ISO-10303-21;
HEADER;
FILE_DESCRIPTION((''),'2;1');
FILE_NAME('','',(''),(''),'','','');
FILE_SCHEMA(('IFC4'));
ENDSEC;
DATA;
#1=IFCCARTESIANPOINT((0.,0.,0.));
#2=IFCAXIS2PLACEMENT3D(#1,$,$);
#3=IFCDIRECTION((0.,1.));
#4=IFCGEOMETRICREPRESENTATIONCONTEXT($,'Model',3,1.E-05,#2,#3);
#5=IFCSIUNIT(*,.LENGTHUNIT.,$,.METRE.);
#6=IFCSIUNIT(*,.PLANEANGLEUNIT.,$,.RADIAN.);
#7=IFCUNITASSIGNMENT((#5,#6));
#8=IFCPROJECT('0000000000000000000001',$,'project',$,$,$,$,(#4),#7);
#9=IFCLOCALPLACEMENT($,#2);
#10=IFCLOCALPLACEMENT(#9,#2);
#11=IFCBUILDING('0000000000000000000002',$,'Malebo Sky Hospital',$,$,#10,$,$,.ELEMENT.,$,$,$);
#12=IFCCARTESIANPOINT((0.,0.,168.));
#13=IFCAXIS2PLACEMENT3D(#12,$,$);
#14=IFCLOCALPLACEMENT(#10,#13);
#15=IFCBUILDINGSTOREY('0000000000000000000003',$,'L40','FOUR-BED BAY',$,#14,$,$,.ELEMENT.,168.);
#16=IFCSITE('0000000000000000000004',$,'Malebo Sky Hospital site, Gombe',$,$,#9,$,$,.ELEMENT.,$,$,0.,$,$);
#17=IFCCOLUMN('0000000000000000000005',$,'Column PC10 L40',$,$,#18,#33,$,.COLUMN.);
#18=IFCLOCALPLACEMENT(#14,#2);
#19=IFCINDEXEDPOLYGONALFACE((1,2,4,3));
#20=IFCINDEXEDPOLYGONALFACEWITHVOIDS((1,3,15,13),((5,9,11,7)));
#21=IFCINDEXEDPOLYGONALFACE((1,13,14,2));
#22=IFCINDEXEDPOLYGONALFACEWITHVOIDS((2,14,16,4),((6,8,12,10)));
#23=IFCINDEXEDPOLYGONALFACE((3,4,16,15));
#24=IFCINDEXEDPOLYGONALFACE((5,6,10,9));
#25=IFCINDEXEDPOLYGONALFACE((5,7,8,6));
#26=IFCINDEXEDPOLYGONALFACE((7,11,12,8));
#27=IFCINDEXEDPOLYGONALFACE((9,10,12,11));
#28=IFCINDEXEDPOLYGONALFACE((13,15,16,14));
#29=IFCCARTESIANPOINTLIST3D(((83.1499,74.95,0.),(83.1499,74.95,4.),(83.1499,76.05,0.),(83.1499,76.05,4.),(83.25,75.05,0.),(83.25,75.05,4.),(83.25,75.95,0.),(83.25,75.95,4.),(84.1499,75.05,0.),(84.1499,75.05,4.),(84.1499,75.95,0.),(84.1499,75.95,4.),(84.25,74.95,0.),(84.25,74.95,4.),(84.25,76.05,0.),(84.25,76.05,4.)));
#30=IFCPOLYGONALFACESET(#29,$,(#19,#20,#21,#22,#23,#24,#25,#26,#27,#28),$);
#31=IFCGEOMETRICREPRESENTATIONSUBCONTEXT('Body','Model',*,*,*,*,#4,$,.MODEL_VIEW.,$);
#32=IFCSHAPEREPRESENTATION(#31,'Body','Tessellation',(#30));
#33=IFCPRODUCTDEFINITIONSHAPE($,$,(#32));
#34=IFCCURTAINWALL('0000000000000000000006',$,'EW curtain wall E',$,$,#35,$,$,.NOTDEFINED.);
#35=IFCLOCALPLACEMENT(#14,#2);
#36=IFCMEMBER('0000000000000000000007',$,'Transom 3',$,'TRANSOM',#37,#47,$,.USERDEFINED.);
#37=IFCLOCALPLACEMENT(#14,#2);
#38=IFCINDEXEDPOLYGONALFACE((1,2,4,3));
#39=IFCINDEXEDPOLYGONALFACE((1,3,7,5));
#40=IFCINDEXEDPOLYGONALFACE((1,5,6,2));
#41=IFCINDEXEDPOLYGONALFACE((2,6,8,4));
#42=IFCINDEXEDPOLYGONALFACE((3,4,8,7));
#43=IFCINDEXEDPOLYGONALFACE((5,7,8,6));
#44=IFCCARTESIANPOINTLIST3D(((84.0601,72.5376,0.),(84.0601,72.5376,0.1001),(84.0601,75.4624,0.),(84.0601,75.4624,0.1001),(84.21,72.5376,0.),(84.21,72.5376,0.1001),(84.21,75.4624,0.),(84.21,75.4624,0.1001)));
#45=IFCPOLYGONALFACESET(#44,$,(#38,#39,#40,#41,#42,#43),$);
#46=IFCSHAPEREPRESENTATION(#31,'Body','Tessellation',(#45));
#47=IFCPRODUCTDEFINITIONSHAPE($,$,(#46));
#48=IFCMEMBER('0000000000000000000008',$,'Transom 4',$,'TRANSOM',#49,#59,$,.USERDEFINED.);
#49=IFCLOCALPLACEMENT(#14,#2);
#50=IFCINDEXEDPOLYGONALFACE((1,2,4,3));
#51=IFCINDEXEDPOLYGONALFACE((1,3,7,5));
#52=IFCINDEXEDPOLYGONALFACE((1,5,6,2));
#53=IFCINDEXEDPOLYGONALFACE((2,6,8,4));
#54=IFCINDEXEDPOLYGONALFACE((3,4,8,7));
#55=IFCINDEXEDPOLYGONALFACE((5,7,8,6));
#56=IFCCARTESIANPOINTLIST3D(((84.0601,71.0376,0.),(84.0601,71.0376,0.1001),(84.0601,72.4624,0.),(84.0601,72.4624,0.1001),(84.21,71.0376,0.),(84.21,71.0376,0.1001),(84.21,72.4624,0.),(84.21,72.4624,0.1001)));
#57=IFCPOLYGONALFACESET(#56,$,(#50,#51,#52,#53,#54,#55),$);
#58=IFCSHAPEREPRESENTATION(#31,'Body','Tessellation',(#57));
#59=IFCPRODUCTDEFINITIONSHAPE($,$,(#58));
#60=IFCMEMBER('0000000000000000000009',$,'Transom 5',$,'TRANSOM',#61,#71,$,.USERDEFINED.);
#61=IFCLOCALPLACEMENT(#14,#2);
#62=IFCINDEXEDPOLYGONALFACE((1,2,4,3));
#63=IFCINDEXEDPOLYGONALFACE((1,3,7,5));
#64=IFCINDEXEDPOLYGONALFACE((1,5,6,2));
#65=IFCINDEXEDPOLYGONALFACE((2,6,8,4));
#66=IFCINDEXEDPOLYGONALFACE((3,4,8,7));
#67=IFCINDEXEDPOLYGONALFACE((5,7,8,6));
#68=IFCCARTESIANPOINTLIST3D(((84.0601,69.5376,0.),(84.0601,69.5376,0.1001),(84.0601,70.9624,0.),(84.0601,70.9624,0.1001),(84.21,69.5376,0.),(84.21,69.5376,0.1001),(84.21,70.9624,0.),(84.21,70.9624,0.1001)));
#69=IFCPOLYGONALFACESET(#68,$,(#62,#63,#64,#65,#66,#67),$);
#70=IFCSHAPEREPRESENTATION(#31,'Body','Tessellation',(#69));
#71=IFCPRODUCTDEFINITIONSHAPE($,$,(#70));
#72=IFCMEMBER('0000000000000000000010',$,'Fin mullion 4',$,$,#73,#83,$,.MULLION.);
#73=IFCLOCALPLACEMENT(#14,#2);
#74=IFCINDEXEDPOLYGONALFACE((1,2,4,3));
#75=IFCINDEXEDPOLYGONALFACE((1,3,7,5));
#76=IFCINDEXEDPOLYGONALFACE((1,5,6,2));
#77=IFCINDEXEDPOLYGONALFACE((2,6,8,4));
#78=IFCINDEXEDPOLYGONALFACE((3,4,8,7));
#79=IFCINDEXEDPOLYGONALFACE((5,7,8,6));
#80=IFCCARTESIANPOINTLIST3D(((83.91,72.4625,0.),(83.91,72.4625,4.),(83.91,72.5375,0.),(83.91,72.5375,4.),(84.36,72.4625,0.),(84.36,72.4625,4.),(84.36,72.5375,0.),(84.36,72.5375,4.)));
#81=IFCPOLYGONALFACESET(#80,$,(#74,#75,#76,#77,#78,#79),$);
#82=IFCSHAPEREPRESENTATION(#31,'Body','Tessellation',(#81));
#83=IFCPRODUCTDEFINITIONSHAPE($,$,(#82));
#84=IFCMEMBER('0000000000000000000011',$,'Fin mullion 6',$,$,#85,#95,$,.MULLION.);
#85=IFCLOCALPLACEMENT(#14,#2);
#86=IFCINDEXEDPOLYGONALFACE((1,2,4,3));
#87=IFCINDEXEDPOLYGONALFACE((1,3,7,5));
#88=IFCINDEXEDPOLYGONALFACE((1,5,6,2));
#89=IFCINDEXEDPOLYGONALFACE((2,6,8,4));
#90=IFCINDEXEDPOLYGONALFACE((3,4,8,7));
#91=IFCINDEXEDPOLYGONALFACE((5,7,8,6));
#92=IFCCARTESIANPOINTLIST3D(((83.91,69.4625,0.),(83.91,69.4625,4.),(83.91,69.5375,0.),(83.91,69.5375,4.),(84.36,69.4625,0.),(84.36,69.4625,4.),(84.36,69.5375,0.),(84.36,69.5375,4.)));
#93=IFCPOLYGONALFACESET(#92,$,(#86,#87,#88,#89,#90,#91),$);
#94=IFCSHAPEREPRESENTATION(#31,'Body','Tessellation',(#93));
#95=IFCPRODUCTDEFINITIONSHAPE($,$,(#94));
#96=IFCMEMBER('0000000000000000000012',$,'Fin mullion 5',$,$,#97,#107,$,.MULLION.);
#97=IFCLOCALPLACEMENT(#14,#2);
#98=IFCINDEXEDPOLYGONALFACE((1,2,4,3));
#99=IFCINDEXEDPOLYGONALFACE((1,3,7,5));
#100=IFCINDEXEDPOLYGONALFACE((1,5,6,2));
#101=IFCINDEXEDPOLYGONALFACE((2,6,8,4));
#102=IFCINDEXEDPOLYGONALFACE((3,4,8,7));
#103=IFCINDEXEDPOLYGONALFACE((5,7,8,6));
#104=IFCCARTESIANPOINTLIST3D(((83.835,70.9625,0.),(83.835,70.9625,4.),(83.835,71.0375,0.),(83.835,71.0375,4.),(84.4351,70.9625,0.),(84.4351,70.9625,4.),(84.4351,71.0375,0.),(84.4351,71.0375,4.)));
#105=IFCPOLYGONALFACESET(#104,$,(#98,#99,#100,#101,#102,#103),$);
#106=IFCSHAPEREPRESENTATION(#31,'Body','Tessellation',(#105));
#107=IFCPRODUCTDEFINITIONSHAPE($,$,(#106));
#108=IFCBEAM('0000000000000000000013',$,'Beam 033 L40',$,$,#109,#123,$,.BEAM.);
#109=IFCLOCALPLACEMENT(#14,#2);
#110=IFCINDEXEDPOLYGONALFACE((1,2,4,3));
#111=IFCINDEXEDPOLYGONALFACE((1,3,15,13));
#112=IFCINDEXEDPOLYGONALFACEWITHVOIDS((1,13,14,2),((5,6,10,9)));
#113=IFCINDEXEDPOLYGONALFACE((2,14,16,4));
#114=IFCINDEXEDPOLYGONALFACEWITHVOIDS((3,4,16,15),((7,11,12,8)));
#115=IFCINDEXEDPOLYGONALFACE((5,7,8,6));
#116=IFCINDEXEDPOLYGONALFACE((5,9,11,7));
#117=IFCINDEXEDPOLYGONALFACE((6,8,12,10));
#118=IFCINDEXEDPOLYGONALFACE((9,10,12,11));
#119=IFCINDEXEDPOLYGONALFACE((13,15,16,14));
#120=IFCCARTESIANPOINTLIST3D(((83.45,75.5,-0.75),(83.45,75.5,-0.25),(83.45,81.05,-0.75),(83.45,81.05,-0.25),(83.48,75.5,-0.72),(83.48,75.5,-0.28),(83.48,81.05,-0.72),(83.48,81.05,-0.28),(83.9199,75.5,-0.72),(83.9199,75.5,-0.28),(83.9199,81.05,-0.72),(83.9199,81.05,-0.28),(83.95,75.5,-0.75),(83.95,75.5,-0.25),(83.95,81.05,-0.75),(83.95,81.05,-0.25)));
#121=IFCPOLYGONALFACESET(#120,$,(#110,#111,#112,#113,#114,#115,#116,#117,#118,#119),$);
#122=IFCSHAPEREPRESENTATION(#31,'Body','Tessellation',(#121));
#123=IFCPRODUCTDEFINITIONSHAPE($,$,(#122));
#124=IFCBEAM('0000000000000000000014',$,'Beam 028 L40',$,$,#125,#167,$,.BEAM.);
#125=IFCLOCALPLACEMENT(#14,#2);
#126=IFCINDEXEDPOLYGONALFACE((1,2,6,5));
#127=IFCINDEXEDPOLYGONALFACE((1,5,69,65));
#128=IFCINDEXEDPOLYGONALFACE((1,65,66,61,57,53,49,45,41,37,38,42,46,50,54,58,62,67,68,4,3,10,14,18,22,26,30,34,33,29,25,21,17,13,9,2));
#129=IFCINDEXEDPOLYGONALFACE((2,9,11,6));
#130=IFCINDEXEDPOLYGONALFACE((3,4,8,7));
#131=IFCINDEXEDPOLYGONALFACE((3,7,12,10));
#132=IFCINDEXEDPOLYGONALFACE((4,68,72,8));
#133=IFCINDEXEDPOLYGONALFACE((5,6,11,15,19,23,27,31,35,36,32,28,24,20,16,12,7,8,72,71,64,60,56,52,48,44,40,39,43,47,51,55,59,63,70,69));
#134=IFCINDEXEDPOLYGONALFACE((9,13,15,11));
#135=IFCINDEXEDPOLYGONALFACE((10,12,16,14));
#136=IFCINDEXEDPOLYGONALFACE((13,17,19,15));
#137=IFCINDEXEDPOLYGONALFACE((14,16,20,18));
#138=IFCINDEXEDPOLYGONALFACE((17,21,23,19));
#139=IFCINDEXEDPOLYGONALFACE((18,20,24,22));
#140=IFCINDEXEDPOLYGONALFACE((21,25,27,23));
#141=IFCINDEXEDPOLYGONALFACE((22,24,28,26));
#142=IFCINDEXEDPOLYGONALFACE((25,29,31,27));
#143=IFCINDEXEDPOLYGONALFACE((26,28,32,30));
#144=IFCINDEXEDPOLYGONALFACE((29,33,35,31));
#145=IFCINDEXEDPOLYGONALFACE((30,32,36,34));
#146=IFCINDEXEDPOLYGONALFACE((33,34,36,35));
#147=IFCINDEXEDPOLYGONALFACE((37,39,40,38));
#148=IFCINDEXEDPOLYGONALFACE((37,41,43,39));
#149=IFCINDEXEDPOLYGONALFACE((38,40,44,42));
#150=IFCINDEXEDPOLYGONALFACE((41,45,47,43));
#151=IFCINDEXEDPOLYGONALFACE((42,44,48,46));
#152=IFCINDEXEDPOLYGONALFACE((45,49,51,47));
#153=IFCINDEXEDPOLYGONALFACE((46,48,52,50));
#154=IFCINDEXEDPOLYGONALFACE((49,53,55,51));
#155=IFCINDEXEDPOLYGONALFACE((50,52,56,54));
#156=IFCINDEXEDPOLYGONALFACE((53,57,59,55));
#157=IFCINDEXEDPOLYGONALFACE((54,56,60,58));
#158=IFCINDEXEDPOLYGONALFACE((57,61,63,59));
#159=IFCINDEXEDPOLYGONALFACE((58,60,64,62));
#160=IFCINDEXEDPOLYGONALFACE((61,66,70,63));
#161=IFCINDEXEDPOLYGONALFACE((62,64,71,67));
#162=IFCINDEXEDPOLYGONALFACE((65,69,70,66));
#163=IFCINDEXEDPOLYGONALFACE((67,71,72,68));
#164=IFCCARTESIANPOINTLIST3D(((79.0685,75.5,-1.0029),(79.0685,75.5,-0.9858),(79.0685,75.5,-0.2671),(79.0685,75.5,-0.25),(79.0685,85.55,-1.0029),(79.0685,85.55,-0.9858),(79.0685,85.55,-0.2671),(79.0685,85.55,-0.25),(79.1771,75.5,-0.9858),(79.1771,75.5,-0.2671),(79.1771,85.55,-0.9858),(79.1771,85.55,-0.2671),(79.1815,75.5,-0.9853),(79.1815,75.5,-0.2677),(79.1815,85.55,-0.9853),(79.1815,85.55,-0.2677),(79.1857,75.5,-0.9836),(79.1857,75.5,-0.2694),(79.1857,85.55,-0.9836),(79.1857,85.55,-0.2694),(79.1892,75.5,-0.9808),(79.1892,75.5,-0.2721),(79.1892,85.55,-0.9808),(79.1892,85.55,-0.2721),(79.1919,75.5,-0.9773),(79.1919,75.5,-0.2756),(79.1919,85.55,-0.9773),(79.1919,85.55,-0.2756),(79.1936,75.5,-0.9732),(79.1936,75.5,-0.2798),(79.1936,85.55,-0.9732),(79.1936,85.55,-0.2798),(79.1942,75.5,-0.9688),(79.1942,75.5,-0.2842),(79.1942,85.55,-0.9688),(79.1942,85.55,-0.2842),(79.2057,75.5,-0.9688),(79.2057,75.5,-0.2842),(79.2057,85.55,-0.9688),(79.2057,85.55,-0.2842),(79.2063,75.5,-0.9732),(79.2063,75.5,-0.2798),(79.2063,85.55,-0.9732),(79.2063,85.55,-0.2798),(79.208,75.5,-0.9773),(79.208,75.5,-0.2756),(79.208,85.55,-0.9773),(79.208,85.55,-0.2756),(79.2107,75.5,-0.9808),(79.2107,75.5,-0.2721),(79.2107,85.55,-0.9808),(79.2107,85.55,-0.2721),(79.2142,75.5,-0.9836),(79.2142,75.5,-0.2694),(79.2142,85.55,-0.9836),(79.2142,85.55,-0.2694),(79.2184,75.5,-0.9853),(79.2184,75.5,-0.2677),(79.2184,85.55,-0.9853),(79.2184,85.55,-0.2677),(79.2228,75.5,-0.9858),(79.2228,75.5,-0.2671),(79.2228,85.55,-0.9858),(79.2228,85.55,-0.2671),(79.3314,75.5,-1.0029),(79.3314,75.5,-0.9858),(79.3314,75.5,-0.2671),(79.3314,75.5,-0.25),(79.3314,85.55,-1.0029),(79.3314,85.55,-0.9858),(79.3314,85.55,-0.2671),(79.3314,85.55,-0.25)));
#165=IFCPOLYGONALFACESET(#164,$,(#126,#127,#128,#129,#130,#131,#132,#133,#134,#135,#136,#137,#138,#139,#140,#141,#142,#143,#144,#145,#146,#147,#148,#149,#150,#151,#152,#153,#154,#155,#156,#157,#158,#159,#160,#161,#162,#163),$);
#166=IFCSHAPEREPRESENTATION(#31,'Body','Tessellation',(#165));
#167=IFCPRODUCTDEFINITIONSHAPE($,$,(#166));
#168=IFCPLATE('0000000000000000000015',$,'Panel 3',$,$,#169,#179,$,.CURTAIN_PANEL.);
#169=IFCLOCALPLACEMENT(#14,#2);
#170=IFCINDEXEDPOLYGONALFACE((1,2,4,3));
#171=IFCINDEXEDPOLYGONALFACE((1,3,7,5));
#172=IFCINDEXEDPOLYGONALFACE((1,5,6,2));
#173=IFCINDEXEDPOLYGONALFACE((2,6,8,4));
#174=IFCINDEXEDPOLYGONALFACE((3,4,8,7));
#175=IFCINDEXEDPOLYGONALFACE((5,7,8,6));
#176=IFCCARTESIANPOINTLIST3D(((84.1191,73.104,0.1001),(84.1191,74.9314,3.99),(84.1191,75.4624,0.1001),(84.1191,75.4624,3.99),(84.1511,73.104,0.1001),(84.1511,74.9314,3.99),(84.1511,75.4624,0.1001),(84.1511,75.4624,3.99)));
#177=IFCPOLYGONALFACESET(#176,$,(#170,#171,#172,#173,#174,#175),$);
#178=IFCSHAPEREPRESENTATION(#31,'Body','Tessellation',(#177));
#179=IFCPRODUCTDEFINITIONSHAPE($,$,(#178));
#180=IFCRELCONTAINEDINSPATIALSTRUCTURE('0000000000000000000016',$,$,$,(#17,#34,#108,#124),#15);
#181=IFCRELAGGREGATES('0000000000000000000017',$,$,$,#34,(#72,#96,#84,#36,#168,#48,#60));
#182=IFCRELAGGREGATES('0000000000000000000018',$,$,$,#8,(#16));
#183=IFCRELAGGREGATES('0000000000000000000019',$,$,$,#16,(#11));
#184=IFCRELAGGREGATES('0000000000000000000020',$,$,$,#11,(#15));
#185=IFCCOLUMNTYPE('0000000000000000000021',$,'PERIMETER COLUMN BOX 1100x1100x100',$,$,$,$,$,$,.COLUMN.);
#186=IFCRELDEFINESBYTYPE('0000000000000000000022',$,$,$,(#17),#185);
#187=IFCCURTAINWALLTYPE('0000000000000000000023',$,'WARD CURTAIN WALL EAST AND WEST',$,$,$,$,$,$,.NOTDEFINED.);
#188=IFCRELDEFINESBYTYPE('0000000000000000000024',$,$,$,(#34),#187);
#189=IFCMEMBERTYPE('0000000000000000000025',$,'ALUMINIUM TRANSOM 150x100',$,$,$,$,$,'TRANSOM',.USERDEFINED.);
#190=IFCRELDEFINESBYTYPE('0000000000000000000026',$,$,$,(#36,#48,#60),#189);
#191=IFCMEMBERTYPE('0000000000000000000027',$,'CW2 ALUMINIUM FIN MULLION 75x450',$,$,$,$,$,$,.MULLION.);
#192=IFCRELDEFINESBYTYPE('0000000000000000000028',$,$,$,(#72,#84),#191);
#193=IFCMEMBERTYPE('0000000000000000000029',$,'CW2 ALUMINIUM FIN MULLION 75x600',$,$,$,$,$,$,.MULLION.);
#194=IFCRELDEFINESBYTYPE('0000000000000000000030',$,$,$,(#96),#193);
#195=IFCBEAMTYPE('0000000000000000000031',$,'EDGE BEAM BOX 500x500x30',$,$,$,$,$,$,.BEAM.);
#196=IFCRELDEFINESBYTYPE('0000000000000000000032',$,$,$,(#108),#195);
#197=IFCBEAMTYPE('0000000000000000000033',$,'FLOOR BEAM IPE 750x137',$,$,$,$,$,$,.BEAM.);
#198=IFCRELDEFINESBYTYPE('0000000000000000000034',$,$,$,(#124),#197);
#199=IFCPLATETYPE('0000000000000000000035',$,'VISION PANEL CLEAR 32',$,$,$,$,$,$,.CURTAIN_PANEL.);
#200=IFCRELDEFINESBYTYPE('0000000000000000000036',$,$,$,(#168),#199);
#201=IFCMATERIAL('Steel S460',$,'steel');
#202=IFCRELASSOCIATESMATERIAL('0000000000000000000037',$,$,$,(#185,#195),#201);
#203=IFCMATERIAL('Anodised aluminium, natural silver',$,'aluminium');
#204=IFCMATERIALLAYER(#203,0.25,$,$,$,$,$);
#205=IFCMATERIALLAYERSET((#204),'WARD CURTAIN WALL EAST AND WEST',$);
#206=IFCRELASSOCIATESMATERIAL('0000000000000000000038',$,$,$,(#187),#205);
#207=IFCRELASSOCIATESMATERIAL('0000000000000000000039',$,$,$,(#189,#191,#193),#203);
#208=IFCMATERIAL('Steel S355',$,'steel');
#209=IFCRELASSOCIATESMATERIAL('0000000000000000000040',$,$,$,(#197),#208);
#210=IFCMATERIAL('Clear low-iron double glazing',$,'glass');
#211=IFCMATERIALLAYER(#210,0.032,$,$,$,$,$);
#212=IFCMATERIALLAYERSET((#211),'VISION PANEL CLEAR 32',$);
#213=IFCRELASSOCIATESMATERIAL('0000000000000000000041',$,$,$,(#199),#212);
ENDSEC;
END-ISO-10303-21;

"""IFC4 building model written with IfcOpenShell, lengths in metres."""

from ifc_helpers import new_model, si_unit, direction, frame, origin, origin_2d, place, context, subcontext, project, spatial, polyline, rectangle, hollow_rectangle, i_section, outline, extrude, material, layer, layer_set, material_profile, profile_set, type_object, element, aggregate, save


model = new_model("IFC4")

# Units and contexts
model_context = context("Model", 3, precision=1e-05, world=origin(), true_north=direction((0.0, 1.0)))
body_context = subcontext(model_context, "Body", "Model", "MODEL_VIEW")
ifc_project = project(units=[si_unit("LENGTHUNIT", "METRE"), si_unit("PLANEANGLEUNIT", "RADIAN")], contexts=[model_context])

# Site, building, storey
site_placement = place(None, origin())
site = spatial("IfcSite", under=ifc_project, at=site_placement, Name="Malebo Sky Hospital site, Gombe", CompositionType="ELEMENT", RefElevation=0.0)
building_placement = place(site_placement, origin())
building = spatial("IfcBuilding", under=site, at=building_placement, Name="Malebo Sky Hospital", CompositionType="ELEMENT")
storey_placement = place(building_placement, frame((0.0, 0.0, 168.0)))
storey = spatial("IfcBuildingStorey", under=building, at=storey_placement, Name="L40", Description="FOUR-BED BAY", CompositionType="ELEMENT", Elevation=168.0)

# Column
ifc_material_1 = material(Name="Steel S460", Category="steel")
ifc_material_profile_1 = material_profile(ifc_material_1, hollow_rectangle(XDim=1.1001, YDim=1.1001, WallThickness=0.1001, at=origin_2d()), Name="BOX 1100x1100x100")
ifc_profile_set_1 = profile_set([ifc_material_profile_1], Name="Steel S460")
column_type = type_object("IfcColumnType", Name="PERIMETER COLUMN BOX 1100x1100x100", PredefinedType="COLUMN", material=ifc_profile_set_1)
column_placement = place(storey_placement, frame((83.7, 75.5, 0.0), z_axis=(0.0, 0.0, 1.0), x_axis=(1.0, 0.0, 0.0)))
element("IfcColumn", 1, at=column_placement, inside=storey, type_object=column_type, Name="Column PC10 L40", PredefinedType="COLUMN", context=body_context, shape_type="SweptSolid", body=[
    extrude(hollow_rectangle(XDim=1.1001, YDim=1.1001, WallThickness=0.1001, at=origin_2d()), origin(), (0.0, 0.0, 1.0), 4.0),
])

# Curtain wall, members
ifc_material_2 = material(Name="Anodised aluminium, natural silver", Category="aluminium")
ifc_layer_1 = layer(ifc_material_2, 0.25)
ifc_layer_set_1 = layer_set([ifc_layer_1], Name="WARD CURTAIN WALL EAST AND WEST")
curtain_wall_type = type_object("IfcCurtainWallType", Name="WARD CURTAIN WALL EAST AND WEST", PredefinedType="NOTDEFINED", material=ifc_layer_set_1)
curtain_wall_placement = place(storey_placement, origin())
curtain_wall = element("IfcCurtainWall", 2, at=curtain_wall_placement, inside=storey, type_object=curtain_wall_type, Name="EW curtain wall E", PredefinedType="NOTDEFINED")
ifc_material_profile_2 = material_profile(ifc_material_2, rectangle(XDim=0.1499, YDim=0.1001, at=origin_2d()), Name="ALUMINIUM TRANSOM 150x100")
ifc_profile_set_2 = profile_set([ifc_material_profile_2], Name="Anodised aluminium, natural silver")
member_type_1 = type_object("IfcMemberType", Name="ALUMINIUM TRANSOM 150x100", ElementType="TRANSOM", PredefinedType="USERDEFINED", material=ifc_profile_set_2)
member_1_placement = place(storey_placement, frame((84.135, 75.4624, 0.05), z_axis=(0.0, -1.0, 0.0), x_axis=(1.0, 0.0, 0.0)))
member_1 = element("IfcMember", 3, at=member_1_placement, type_object=member_type_1, Name="Transom 3", ObjectType="TRANSOM", PredefinedType="USERDEFINED", context=body_context, shape_type="SweptSolid", body=[
    extrude(rectangle(XDim=0.1499, YDim=0.1001, at=origin_2d()), origin(), (0.0, 0.0, 1.0), 2.9248),
])
member_2_placement = place(storey_placement, frame((84.135, 72.4624, 0.05), z_axis=(0.0, -1.0, 0.0), x_axis=(1.0, 0.0, 0.0)))
member_2 = element("IfcMember", 4, at=member_2_placement, type_object=member_type_1, Name="Transom 4", ObjectType="TRANSOM", PredefinedType="USERDEFINED", context=body_context, shape_type="SweptSolid", body=[
    extrude(rectangle(XDim=0.1499, YDim=0.1001, at=origin_2d()), origin(), (0.0, 0.0, 1.0), 1.4248),
])
member_3_placement = place(storey_placement, frame((84.135, 70.9624, 0.05), z_axis=(0.0, -1.0, 0.0), x_axis=(1.0, 0.0, 0.0)))
member_3 = element("IfcMember", 5, at=member_3_placement, type_object=member_type_1, Name="Transom 5", ObjectType="TRANSOM", PredefinedType="USERDEFINED", context=body_context, shape_type="SweptSolid", body=[
    extrude(rectangle(XDim=0.1499, YDim=0.1001, at=origin_2d()), origin(), (0.0, 0.0, 1.0), 1.4248),
])
ifc_material_profile_3 = material_profile(ifc_material_2, rectangle(XDim=0.075, YDim=0.45, at=origin_2d()), Name="CW2 ALUMINIUM FIN MULLION 75x450")
ifc_profile_set_3 = profile_set([ifc_material_profile_3], Name="Anodised aluminium, natural silver")
member_type_2 = type_object("IfcMemberType", Name="CW2 ALUMINIUM FIN MULLION 75x450", PredefinedType="MULLION", material=ifc_profile_set_3)
member_4_placement = place(storey_placement, frame((84.135, 72.5, 0.0), z_axis=(0.0, 0.0, 1.0), x_axis=(0.0, -1.0, 0.0)))
member_4 = element("IfcMember", 6, at=member_4_placement, type_object=member_type_2, Name="Fin mullion 4", PredefinedType="MULLION", context=body_context, shape_type="SweptSolid", body=[
    extrude(rectangle(XDim=0.075, YDim=0.45, at=origin_2d()), origin(), (0.0, 0.0, 1.0), 4.0),
])
member_5_placement = place(storey_placement, frame((84.135, 69.5, 0.0), z_axis=(0.0, 0.0, 1.0), x_axis=(0.0, -1.0, 0.0)))
member_5 = element("IfcMember", 7, at=member_5_placement, type_object=member_type_2, Name="Fin mullion 6", PredefinedType="MULLION", context=body_context, shape_type="SweptSolid", body=[
    extrude(rectangle(XDim=0.075, YDim=0.45, at=origin_2d()), origin(), (0.0, 0.0, 1.0), 4.0),
])
ifc_material_profile_4 = material_profile(ifc_material_2, rectangle(XDim=0.075, YDim=0.6001, at=origin_2d()), Name="CW2 ALUMINIUM FIN MULLION 75x600")
ifc_profile_set_4 = profile_set([ifc_material_profile_4], Name="Anodised aluminium, natural silver")
member_type_3 = type_object("IfcMemberType", Name="CW2 ALUMINIUM FIN MULLION 75x600", PredefinedType="MULLION", material=ifc_profile_set_4)
member_6_placement = place(storey_placement, frame((84.135, 71.0, 0.0), z_axis=(0.0, 0.0, 1.0), x_axis=(0.0, -1.0, 0.0)))
member_6 = element("IfcMember", 8, at=member_6_placement, type_object=member_type_3, Name="Fin mullion 5", PredefinedType="MULLION", context=body_context, shape_type="SweptSolid", body=[
    extrude(rectangle(XDim=0.075, YDim=0.6001, at=origin_2d()), origin(), (0.0, 0.0, 1.0), 4.0),
])

# Beams
ifc_material_profile_5 = material_profile(ifc_material_1, hollow_rectangle(XDim=0.5, YDim=0.5, WallThickness=0.03, at=origin_2d()), Name="BOX 500x500x30")
ifc_profile_set_5 = profile_set([ifc_material_profile_5], Name="Steel S460")
beam_type_1 = type_object("IfcBeamType", Name="EDGE BEAM BOX 500x500x30", PredefinedType="BEAM", material=ifc_profile_set_5)
beam_1_placement = place(storey_placement, frame((83.7, 75.5, -0.5), z_axis=(0.0, 1.0, 0.0), x_axis=(-1.0, 0.0, 0.0)))
element("IfcBeam", 9, at=beam_1_placement, inside=storey, type_object=beam_type_1, Name="Beam 033 L40", PredefinedType="BEAM", context=body_context, shape_type="SweptSolid", body=[
    extrude(hollow_rectangle(XDim=0.5, YDim=0.5, WallThickness=0.03, at=origin_2d()), origin(), (0.0, 0.0, 1.0), 5.55),
])
ifc_material_3 = material(Name="Steel S355", Category="steel")
ifc_material_profile_6 = material_profile(ifc_material_3, i_section(OverallWidth=0.2629, OverallDepth=0.7529, WebThickness=0.0115, FlangeThickness=0.0171, FilletRadius=0.0171, at=origin_2d()), Name="IPE 750x137")
ifc_profile_set_6 = profile_set([ifc_material_profile_6], Name="Steel S355")
beam_type_2 = type_object("IfcBeamType", Name="FLOOR BEAM IPE 750x137", PredefinedType="BEAM", material=ifc_profile_set_6)
beam_2_placement = place(storey_placement, frame((79.2, 75.5, -0.6265), z_axis=(0.0, 1.0, 0.0), x_axis=(-1.0, 0.0, 0.0)))
element("IfcBeam", 10, at=beam_2_placement, inside=storey, type_object=beam_type_2, Name="Beam 028 L40", PredefinedType="BEAM", context=body_context, shape_type="SweptSolid", body=[
    extrude(i_section(OverallWidth=0.2629, OverallDepth=0.7529, WebThickness=0.0115, FlangeThickness=0.0171, FilletRadius=0.0171, at=origin_2d()), origin(), (0.0, 0.0, 1.0), 10.05),
])

# Plate
ifc_material_4 = material(Name="Clear low-iron double glazing", Category="glass")
ifc_layer_2 = layer(ifc_material_4, 0.032)
ifc_layer_set_2 = layer_set([ifc_layer_2], Name="VISION PANEL CLEAR 32")
plate_type = type_object("IfcPlateType", Name="VISION PANEL CLEAR 32", PredefinedType="CURTAIN_PANEL", material=ifc_layer_set_2)
plate_1_placement = place(storey_placement, frame((84.135, 74.2832, 0.1001), z_axis=(0.0, 0.0, 1.0), x_axis=(0.0, -1.0, 0.0)))
plate_1 = element("IfcPlate", 11, at=plate_1_placement, type_object=plate_type, Name="Panel 3", PredefinedType="CURTAIN_PANEL", context=body_context, shape_type="SweptSolid", body=[
    extrude(outline(polyline([(-1.1792, 0.0), (1.1792, 0.0), (-0.6482, 3.8899), (-1.1792, 3.8899), (-1.1792, 0.0)])), frame((0.0, 0.0161, 0.0), z_axis=(0.0, -1.0, 0.0), x_axis=(1.0, 0.0, 0.0)), (0.0, 0.0, 1.0), 0.032),
])
aggregate(curtain_wall, [member_4, member_6, member_5, member_1, plate_1, member_2, member_3])

save(model, "model.ifc")
